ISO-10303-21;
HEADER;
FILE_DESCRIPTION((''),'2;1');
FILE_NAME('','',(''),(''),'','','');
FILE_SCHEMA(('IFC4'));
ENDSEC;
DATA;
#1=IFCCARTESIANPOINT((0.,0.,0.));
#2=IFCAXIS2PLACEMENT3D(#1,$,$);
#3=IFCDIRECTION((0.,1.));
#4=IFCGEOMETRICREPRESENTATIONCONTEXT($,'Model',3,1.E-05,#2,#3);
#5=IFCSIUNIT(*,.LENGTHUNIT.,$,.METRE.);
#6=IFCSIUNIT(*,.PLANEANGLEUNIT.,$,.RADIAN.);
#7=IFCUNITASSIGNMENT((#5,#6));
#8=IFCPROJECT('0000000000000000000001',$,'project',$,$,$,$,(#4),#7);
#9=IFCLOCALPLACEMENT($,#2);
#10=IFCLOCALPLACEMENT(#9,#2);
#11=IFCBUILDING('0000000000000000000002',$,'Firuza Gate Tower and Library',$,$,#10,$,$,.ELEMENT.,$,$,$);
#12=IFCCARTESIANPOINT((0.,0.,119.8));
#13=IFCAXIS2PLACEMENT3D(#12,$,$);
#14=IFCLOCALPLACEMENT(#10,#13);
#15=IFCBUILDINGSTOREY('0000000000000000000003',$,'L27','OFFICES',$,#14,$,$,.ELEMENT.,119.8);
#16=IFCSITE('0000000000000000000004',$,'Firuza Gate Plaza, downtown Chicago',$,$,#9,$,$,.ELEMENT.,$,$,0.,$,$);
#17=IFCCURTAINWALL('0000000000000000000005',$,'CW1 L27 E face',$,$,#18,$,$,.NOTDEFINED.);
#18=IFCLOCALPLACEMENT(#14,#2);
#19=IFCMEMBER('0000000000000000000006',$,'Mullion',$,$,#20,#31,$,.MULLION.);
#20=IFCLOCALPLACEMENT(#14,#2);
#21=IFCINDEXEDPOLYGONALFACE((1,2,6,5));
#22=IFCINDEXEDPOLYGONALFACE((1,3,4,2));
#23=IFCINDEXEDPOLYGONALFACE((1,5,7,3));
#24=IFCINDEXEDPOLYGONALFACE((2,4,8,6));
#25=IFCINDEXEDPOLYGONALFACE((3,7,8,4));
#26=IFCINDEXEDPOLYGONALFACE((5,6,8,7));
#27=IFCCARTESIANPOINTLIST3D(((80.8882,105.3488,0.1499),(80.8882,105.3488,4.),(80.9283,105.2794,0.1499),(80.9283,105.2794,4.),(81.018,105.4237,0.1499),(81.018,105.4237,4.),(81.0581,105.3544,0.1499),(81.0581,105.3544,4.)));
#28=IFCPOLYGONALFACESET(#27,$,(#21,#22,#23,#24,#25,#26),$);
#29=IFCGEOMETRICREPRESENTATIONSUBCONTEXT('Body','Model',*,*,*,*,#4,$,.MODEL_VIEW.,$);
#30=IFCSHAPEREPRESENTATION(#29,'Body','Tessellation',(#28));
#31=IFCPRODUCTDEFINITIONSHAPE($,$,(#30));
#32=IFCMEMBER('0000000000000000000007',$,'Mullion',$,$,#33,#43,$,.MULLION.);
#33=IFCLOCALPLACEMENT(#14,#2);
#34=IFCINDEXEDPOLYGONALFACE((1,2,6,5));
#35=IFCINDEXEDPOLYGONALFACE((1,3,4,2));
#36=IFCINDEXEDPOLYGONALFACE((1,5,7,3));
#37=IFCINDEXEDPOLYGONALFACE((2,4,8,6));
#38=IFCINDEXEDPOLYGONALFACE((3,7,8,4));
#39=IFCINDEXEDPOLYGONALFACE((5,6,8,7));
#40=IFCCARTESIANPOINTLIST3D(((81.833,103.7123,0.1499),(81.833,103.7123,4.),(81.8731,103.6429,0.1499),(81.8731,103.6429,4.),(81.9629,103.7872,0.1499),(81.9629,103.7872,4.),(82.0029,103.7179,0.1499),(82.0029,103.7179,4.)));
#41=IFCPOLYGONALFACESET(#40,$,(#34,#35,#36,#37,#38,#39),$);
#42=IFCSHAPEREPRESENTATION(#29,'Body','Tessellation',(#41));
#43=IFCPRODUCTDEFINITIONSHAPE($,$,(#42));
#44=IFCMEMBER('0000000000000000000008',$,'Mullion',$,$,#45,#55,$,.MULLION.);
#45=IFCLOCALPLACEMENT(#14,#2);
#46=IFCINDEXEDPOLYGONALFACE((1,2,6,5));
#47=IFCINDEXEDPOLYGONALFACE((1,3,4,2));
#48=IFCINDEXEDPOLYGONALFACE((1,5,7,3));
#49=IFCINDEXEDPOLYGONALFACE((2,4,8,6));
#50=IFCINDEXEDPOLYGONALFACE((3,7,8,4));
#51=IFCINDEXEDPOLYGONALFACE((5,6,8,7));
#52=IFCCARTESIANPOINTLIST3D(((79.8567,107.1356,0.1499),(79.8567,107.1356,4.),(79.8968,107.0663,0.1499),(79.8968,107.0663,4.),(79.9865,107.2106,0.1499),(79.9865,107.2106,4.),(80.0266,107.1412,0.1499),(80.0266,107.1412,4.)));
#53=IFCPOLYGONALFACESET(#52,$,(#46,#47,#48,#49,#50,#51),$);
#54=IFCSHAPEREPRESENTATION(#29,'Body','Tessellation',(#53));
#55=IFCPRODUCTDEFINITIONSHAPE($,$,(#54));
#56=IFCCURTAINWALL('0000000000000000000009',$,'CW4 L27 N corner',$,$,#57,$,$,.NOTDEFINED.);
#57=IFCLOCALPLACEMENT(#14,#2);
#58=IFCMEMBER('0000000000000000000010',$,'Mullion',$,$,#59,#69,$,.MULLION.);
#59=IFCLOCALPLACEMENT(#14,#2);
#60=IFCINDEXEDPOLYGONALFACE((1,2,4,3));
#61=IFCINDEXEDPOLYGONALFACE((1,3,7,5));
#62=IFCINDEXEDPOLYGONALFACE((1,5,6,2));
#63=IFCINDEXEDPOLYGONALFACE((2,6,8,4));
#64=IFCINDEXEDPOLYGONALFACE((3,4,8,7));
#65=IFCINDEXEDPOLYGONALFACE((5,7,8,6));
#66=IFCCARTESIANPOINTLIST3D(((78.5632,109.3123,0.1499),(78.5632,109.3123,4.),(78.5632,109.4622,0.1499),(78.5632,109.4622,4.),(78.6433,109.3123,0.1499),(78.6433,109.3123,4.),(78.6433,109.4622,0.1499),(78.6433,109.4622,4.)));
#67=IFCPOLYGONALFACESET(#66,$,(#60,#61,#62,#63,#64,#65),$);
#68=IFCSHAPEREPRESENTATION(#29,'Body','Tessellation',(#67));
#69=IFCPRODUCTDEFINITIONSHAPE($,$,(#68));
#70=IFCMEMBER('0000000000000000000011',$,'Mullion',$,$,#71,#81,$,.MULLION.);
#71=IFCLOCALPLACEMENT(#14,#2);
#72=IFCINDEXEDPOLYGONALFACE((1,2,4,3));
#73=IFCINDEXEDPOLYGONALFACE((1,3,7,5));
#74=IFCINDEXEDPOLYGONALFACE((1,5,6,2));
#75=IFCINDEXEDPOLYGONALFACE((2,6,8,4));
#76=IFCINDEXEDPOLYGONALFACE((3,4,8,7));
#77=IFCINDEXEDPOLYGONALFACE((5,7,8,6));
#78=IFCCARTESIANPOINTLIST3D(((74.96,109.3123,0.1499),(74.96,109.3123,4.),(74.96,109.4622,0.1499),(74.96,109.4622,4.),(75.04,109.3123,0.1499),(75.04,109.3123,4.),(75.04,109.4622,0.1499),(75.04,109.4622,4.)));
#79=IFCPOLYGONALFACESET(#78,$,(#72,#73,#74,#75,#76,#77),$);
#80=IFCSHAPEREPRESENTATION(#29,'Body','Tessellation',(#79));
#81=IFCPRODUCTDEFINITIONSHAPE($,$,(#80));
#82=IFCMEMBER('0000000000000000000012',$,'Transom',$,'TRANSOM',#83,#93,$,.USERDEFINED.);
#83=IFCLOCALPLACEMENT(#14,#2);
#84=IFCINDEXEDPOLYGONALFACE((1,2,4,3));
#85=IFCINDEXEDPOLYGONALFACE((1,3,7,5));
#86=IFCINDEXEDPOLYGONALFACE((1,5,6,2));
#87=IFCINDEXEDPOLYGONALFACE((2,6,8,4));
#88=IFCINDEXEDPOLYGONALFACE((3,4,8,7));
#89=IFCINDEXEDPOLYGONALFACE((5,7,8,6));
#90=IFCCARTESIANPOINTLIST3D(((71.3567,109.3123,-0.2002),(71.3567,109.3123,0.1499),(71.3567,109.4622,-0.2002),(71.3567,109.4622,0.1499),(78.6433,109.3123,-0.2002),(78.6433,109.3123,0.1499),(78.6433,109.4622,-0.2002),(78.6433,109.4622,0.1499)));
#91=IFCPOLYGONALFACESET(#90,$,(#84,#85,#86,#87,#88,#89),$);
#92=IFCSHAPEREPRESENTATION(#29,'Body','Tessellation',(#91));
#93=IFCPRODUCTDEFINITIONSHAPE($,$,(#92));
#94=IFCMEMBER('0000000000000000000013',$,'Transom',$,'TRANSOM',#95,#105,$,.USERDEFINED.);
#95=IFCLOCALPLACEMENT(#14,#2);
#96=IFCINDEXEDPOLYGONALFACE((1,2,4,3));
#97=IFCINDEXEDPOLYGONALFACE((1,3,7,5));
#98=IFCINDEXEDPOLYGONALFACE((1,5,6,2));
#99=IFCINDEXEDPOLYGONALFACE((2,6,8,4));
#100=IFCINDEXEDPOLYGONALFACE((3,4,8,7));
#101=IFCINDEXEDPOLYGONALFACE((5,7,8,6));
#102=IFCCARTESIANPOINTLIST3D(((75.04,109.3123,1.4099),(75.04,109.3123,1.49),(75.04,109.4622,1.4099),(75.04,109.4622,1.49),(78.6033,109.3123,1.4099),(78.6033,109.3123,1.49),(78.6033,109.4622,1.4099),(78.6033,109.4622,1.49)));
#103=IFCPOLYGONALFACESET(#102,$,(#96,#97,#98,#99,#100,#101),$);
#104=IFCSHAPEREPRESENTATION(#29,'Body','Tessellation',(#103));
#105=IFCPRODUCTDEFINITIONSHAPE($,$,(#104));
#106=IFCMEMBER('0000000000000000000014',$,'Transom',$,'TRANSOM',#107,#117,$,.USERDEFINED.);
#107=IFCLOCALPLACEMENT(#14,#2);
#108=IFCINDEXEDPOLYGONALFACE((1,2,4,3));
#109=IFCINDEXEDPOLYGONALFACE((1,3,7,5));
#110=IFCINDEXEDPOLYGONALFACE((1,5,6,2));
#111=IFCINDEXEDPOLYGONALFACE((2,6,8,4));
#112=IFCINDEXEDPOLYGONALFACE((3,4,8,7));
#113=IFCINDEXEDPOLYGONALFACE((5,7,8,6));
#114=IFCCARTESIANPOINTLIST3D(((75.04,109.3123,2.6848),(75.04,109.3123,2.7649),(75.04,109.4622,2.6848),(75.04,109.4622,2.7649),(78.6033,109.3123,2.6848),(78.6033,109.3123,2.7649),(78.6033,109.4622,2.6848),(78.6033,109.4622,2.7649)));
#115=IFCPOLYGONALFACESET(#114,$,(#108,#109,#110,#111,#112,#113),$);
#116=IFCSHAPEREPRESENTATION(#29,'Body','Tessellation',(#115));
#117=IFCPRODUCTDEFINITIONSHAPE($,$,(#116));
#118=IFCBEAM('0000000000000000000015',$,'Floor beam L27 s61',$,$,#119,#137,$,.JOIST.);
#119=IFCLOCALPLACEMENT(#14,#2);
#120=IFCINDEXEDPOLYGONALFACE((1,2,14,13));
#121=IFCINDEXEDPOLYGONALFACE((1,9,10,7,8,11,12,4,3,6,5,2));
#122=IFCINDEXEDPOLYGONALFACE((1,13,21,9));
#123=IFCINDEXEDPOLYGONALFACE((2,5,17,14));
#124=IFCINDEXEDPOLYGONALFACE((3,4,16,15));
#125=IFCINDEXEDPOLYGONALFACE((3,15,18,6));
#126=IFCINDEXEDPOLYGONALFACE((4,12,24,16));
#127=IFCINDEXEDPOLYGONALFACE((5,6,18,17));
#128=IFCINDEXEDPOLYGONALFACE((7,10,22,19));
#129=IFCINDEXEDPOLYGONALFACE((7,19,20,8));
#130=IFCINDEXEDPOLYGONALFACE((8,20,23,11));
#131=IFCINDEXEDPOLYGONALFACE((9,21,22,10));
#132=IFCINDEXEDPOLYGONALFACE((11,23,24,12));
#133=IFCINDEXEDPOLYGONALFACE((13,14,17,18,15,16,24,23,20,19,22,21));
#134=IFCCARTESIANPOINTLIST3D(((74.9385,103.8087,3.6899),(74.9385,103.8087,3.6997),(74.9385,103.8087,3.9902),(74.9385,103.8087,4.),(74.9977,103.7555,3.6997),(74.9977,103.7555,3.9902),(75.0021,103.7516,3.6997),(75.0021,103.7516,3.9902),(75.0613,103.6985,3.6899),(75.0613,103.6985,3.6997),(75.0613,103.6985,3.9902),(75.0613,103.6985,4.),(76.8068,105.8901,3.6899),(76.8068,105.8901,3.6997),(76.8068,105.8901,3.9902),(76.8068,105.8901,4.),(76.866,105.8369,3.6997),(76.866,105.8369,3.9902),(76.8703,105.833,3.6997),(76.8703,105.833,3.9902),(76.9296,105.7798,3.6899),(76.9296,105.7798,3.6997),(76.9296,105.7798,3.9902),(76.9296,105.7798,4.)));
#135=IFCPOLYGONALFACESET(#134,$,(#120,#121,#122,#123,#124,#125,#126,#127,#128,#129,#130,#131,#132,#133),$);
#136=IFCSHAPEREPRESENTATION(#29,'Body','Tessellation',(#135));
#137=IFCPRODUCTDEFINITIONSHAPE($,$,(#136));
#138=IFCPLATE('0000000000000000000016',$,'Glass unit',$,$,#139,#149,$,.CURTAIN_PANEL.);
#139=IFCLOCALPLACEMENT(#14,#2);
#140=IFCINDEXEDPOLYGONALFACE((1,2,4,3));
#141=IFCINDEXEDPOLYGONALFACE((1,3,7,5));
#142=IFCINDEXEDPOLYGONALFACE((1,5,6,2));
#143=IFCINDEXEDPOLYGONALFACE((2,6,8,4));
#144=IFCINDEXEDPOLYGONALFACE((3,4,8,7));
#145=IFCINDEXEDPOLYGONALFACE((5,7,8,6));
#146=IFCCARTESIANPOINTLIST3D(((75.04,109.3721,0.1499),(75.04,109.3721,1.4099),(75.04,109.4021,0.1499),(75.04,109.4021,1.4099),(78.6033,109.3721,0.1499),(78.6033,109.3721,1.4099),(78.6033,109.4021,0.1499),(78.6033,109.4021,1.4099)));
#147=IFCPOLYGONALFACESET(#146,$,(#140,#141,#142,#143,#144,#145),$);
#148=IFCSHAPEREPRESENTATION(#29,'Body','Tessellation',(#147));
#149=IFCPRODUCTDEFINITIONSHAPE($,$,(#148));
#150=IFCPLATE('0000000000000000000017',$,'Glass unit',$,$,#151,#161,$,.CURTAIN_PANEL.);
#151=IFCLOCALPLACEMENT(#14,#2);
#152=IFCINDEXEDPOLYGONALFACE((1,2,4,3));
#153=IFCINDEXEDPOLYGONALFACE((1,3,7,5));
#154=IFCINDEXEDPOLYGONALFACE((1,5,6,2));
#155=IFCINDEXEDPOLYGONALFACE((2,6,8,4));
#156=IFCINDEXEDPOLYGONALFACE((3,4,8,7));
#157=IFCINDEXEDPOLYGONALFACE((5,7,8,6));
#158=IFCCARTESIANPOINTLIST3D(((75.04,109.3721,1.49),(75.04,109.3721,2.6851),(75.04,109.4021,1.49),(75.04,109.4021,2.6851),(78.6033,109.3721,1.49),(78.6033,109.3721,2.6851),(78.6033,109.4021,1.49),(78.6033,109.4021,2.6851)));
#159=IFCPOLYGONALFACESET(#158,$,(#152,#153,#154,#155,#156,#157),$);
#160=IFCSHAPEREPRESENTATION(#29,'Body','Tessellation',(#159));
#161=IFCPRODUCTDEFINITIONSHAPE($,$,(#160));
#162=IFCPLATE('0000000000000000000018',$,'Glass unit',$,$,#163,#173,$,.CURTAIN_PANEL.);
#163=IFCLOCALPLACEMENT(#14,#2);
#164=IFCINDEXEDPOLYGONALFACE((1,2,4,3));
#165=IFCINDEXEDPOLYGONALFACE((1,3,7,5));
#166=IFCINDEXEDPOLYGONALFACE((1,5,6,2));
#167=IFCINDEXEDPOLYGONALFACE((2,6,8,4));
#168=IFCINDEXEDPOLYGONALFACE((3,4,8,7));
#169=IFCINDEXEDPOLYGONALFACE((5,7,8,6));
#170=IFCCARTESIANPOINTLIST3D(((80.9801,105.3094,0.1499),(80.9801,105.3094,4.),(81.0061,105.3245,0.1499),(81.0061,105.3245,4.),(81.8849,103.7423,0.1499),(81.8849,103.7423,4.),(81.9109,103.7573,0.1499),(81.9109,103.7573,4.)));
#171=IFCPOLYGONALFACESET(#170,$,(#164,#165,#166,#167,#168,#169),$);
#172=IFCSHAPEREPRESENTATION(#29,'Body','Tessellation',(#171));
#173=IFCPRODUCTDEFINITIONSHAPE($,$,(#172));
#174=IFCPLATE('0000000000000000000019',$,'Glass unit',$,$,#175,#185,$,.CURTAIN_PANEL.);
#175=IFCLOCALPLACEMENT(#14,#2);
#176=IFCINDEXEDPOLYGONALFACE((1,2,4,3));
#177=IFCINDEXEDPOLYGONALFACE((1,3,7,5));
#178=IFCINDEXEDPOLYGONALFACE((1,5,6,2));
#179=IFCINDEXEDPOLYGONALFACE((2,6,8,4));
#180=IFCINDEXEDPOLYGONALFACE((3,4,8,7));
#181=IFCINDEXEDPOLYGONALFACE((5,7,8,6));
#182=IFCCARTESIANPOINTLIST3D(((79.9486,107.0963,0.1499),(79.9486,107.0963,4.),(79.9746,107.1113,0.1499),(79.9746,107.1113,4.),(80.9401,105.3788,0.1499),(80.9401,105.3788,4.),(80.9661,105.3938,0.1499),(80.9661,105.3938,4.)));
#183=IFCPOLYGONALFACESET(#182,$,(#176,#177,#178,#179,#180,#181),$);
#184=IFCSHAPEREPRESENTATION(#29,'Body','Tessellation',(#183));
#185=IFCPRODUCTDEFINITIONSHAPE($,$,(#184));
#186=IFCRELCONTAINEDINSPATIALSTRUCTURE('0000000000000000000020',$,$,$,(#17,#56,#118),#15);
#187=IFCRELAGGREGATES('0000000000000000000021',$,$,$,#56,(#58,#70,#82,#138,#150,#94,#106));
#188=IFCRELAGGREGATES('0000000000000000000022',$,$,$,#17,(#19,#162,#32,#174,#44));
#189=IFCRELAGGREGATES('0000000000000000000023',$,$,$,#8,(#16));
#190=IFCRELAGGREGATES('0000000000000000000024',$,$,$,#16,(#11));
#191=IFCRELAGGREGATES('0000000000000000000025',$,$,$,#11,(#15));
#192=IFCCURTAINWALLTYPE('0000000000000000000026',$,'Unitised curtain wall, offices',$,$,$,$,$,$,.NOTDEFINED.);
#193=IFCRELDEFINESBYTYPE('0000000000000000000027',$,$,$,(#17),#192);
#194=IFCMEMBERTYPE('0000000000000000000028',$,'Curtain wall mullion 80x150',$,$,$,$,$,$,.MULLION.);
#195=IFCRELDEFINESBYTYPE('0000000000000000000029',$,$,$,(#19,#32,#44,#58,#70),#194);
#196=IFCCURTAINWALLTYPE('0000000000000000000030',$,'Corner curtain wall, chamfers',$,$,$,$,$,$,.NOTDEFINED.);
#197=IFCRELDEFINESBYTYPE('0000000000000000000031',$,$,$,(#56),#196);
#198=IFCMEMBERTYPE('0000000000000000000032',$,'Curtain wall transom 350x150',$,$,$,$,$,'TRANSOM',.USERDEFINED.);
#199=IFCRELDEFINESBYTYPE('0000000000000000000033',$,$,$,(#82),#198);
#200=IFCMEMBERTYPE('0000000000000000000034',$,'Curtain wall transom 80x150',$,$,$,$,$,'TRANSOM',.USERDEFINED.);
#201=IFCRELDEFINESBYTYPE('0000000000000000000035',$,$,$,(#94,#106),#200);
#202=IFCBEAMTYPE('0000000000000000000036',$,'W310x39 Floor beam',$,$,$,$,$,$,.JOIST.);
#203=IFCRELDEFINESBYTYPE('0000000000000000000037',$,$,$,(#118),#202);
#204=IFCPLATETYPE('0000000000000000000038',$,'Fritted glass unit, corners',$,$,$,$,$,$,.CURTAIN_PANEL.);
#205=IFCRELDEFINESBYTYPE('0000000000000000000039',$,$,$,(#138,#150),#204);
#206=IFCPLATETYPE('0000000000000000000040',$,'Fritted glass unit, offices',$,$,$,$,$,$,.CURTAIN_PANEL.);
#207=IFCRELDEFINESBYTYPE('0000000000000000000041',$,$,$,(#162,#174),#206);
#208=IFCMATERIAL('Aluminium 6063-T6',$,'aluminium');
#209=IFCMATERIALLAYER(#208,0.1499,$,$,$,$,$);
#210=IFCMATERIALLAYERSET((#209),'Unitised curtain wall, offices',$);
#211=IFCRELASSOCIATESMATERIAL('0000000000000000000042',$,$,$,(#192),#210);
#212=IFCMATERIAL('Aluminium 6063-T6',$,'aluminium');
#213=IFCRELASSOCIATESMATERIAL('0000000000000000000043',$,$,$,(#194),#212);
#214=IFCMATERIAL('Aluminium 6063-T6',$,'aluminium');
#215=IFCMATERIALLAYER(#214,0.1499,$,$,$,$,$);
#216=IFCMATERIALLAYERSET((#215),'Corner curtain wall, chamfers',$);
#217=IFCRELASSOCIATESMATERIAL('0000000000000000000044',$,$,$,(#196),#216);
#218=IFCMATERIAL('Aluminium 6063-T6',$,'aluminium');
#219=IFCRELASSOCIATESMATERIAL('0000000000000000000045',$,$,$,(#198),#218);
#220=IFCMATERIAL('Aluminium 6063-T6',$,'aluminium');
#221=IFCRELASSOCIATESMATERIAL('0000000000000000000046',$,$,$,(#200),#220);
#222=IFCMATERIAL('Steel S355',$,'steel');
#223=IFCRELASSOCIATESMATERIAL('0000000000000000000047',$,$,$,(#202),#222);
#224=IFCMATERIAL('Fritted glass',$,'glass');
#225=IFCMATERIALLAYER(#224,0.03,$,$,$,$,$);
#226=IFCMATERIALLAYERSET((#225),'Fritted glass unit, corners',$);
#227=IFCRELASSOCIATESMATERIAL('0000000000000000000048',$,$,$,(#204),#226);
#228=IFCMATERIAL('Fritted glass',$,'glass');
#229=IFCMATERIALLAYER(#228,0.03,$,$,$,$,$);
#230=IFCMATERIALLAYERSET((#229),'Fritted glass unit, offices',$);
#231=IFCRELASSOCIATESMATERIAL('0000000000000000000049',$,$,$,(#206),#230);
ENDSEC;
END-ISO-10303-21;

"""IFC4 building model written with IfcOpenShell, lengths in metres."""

from ifc_helpers import new_model, si_unit, direction, frame, origin, origin_2d, place, context, subcontext, project, spatial, polyline, rectangle, i_section, outline, extrude, material, layer, layer_set, material_profile, profile_set, type_object, element, aggregate, save


model = new_model("IFC4")

# Units and contexts
model_context = context("Model", 3, precision=1e-05, world=origin(), true_north=direction((0.0, 1.0)))
body_context = subcontext(model_context, "Body", "Model", "MODEL_VIEW")
ifc_project = project(units=[si_unit("LENGTHUNIT", "METRE"), si_unit("PLANEANGLEUNIT", "RADIAN")], contexts=[model_context])

# Site, building, storey
site_placement = place(None, origin())
site = spatial("IfcSite", under=ifc_project, at=site_placement, Name="Firuza Gate Plaza, downtown Chicago", CompositionType="ELEMENT", RefElevation=0.0)
building_placement = place(site_placement, origin())
building = spatial("IfcBuilding", under=site, at=building_placement, Name="Firuza Gate Tower and Library", CompositionType="ELEMENT")
storey_placement = place(building_placement, frame((0.0, 0.0, 119.8)))
storey = spatial("IfcBuildingStorey", under=building, at=storey_placement, Name="L27", Description="OFFICES", CompositionType="ELEMENT", Elevation=119.8)

# Curtain walls, members
ifc_material_1 = material(Name="Aluminium 6063-T6", Category="aluminium")
ifc_layer_1 = layer(ifc_material_1, 0.1499)
ifc_layer_set_1 = layer_set([ifc_layer_1], Name="Unitised curtain wall, offices")
curtain_wall_type_1 = type_object("IfcCurtainWallType", Name="Unitised curtain wall, offices", PredefinedType="NOTDEFINED", material=ifc_layer_set_1)
placement = place(storey_placement, origin())
curtain_wall_1 = element("IfcCurtainWall", 1, at=placement, inside=storey, type_object=curtain_wall_type_1, Name="CW1 L27 E face", PredefinedType="NOTDEFINED")
ifc_material_2 = material(Name="Aluminium 6063-T6", Category="aluminium")
ifc_material_profile_1 = material_profile(ifc_material_2, rectangle(XDim=0.1499, YDim=0.0801, at=origin_2d()))
ifc_profile_set_1 = profile_set([ifc_material_profile_1], Name="Aluminium 6063-T6")
member_type_1 = type_object("IfcMemberType", Name="Curtain wall mullion 80x150", PredefinedType="MULLION", material=ifc_profile_set_1)
member_1_placement = place(storey_placement, frame((80.9731, 105.3516, 0.1499), z_axis=(0.0, 0.0, 1.0), x_axis=(-0.866025, -0.5, 0.0)))
member_1 = element("IfcMember", 2, at=member_1_placement, type_object=member_type_1, Name="Mullion", PredefinedType="MULLION", context=body_context, shape_type="SweptSolid", body=[
    extrude(rectangle(XDim=0.1499, YDim=0.0801, at=origin_2d()), origin(), (0.0, 0.0, 1.0), 3.8501),
])
member_2_placement = place(storey_placement, frame((81.918, 103.7151, 0.1499), z_axis=(0.0, 0.0, 1.0), x_axis=(-0.866025, -0.5, 0.0)))
member_2 = element("IfcMember", 3, at=member_2_placement, type_object=member_type_1, Name="Mullion", PredefinedType="MULLION", context=body_context, shape_type="SweptSolid", body=[
    extrude(rectangle(XDim=0.1499, YDim=0.0801, at=origin_2d()), origin(), (0.0, 0.0, 1.0), 3.8501),
])
member_3_placement = place(storey_placement, frame((79.9417, 107.1384, 0.1499), z_axis=(0.0, 0.0, 1.0), x_axis=(-0.866025, -0.5, 0.0)))
member_3 = element("IfcMember", 4, at=member_3_placement, type_object=member_type_1, Name="Mullion", PredefinedType="MULLION", context=body_context, shape_type="SweptSolid", body=[
    extrude(rectangle(XDim=0.1499, YDim=0.0801, at=origin_2d()), origin(), (0.0, 0.0, 1.0), 3.8501),
])
ifc_material_3 = material(Name="Aluminium 6063-T6", Category="aluminium")
ifc_layer_2 = layer(ifc_material_3, 0.1499)
ifc_layer_set_2 = layer_set([ifc_layer_2], Name="Corner curtain wall, chamfers")
curtain_wall_type_2 = type_object("IfcCurtainWallType", Name="Corner curtain wall, chamfers", PredefinedType="NOTDEFINED", material=ifc_layer_set_2)
curtain_wall_2 = element("IfcCurtainWall", 5, at=placement, inside=storey, type_object=curtain_wall_type_2, Name="CW4 L27 N corner", PredefinedType="NOTDEFINED")
member_4_placement = place(storey_placement, frame((78.6033, 109.3872, 0.1499), z_axis=(0.0, 0.0, 1.0), x_axis=(0.0, -1.0, 0.0)))
member_4 = element("IfcMember", 6, at=member_4_placement, type_object=member_type_1, Name="Mullion", PredefinedType="MULLION", context=body_context, shape_type="SweptSolid", body=[
    extrude(rectangle(XDim=0.1499, YDim=0.0801, at=origin_2d()), origin(), (0.0, 0.0, 1.0), 3.8501),
])
member_5_placement = place(storey_placement, frame((75.0, 109.3872, 0.1499), z_axis=(0.0, 0.0, 1.0), x_axis=(0.0, -1.0, 0.0)))
member_5 = element("IfcMember", 7, at=member_5_placement, type_object=member_type_1, Name="Mullion", PredefinedType="MULLION", context=body_context, shape_type="SweptSolid", body=[
    extrude(rectangle(XDim=0.1499, YDim=0.0801, at=origin_2d()), origin(), (0.0, 0.0, 1.0), 3.8501),
])
ifc_material_4 = material(Name="Aluminium 6063-T6", Category="aluminium")
ifc_material_profile_2 = material_profile(ifc_material_4, rectangle(XDim=0.1499, YDim=0.3501, at=origin_2d()))
ifc_profile_set_2 = profile_set([ifc_material_profile_2], Name="Aluminium 6063-T6")
member_type_2 = type_object("IfcMemberType", Name="Curtain wall transom 350x150", ElementType="TRANSOM", PredefinedType="USERDEFINED", material=ifc_profile_set_2)
member_6_placement = place(storey_placement, frame((78.6433, 109.3872, -0.0251), z_axis=(-1.0, 0.0, 0.0), x_axis=(0.0, -1.0, 0.0)))
member_6 = element("IfcMember", 8, at=member_6_placement, type_object=member_type_2, Name="Transom", ObjectType="TRANSOM", PredefinedType="USERDEFINED", context=body_context, shape_type="SweptSolid", body=[
    extrude(rectangle(XDim=0.1499, YDim=0.3501, at=origin_2d()), origin(), (0.0, 0.0, 1.0), 7.2866),
])
ifc_material_5 = material(Name="Aluminium 6063-T6", Category="aluminium")
ifc_material_profile_3 = material_profile(ifc_material_5, rectangle(XDim=0.1499, YDim=0.0801, at=origin_2d()))
ifc_profile_set_3 = profile_set([ifc_material_profile_3], Name="Aluminium 6063-T6")
member_type_3 = type_object("IfcMemberType", Name="Curtain wall transom 80x150", ElementType="TRANSOM", PredefinedType="USERDEFINED", material=ifc_profile_set_3)
member_7_placement = place(storey_placement, frame((78.6033, 109.3872, 1.45), z_axis=(-1.0, 0.0, 0.0), x_axis=(0.0, -1.0, 0.0)))
member_7 = element("IfcMember", 9, at=member_7_placement, type_object=member_type_3, Name="Transom", ObjectType="TRANSOM", PredefinedType="USERDEFINED", context=body_context, shape_type="SweptSolid", body=[
    extrude(rectangle(XDim=0.1499, YDim=0.0801, at=origin_2d()), origin(), (0.0, 0.0, 1.0), 3.5632),
])
member_8_placement = place(storey_placement, frame((78.6033, 109.3872, 2.7249), z_axis=(-1.0, 0.0, 0.0), x_axis=(0.0, -1.0, 0.0)))
member_8 = element("IfcMember", 10, at=member_8_placement, type_object=member_type_3, Name="Transom", ObjectType="TRANSOM", PredefinedType="USERDEFINED", context=body_context, shape_type="SweptSolid", body=[
    extrude(rectangle(XDim=0.1499, YDim=0.0801, at=origin_2d()), origin(), (0.0, 0.0, 1.0), 3.5632),
])

# Beam
ifc_material_6 = material(Name="Steel S355", Category="steel")
ifc_material_profile_4 = material_profile(ifc_material_6, i_section(OverallWidth=0.165, OverallDepth=0.3101, WebThickness=0.0059, FlangeThickness=0.0098, at=origin_2d()))
ifc_profile_set_4 = profile_set([ifc_material_profile_4], Name="Steel S355")
beam_type = type_object("IfcBeamType", Name="W310x39 Floor beam", PredefinedType="JOIST", material=ifc_profile_set_4)
beam_placement = place(storey_placement, frame((76.8682, 105.835, 3.845), z_axis=(-0.667975, -0.744183, 0.0), x_axis=(0.744183, -0.667975, 0.0)))
element("IfcBeam", 11, at=beam_placement, inside=storey, type_object=beam_type, Name="Floor beam L27 s61", PredefinedType="JOIST", context=body_context, shape_type="SweptSolid", body=[
    extrude(i_section(OverallWidth=0.165, OverallDepth=0.3101, WebThickness=0.0059, FlangeThickness=0.0098, at=origin_2d()), origin(), (0.0, 0.0, 1.0), 2.7969),
])

# Plates
ifc_material_7 = material(Name="Fritted glass", Category="glass")
ifc_layer_3 = layer(ifc_material_7, 0.03)
ifc_layer_set_3 = layer_set([ifc_layer_3], Name="Fritted glass unit, corners")
plate_type_1 = type_object("IfcPlateType", Name="Fritted glass unit, corners", PredefinedType="CURTAIN_PANEL", material=ifc_layer_set_3)
plate_1_placement = place(storey_placement, frame((78.6033, 109.4021, 0.1499), z_axis=(0.0, 1.0, 0.0), x_axis=(-1.0, 0.0, 0.0)))
plate_1 = element("IfcPlate", 12, at=plate_1_placement, type_object=plate_type_1, Name="Glass unit", PredefinedType="CURTAIN_PANEL", context=body_context, shape_type="SweptSolid", body=[
    extrude(outline(polyline([(0.0, 0.0), (3.5632, 0.0), (3.5632, 1.26), (0.0, 1.26), (0.0, 0.0)])), origin(), (0.0, 0.0, -1.0), 0.03),
])
plate_2_placement = place(storey_placement, frame((78.6033, 109.4021, 1.49), z_axis=(0.0, 1.0, 0.0), x_axis=(-1.0, 0.0, 0.0)))
plate_2 = element("IfcPlate", 13, at=plate_2_placement, type_object=plate_type_1, Name="Glass unit", PredefinedType="CURTAIN_PANEL", context=body_context, shape_type="SweptSolid", body=[
    extrude(outline(polyline([(0.0, 0.0), (3.5632, 0.0), (3.5632, 1.1951), (0.0, 1.1951), (0.0, 0.0)])), origin(), (0.0, 0.0, -1.0), 0.03),
])
ifc_material_8 = material(Name="Fritted glass", Category="glass")
ifc_layer_4 = layer(ifc_material_8, 0.03)
ifc_layer_set_4 = layer_set([ifc_layer_4], Name="Fritted glass unit, offices")
plate_type_2 = type_object("IfcPlateType", Name="Fritted glass unit, offices", PredefinedType="CURTAIN_PANEL", material=ifc_layer_set_4)
plate_3_placement = place(storey_placement, frame((81.9109, 103.7573, 0.1499), z_axis=(0.866026, 0.499999, 0.0), x_axis=(-0.499999, 0.866026, 0.0)))
plate_3 = element("IfcPlate", 14, at=plate_3_placement, type_object=plate_type_2, Name="Glass unit", PredefinedType="CURTAIN_PANEL", context=body_context, shape_type="SweptSolid", body=[
    extrude(outline(polyline([(0.0, 0.0), (1.8096, 0.0), (1.8096, 3.8501), (0.0, 3.8501), (0.0, 0.0)])), origin(), (0.0, 0.0, -1.0), 0.03),
])
plate_4_placement = place(storey_placement, frame((80.9661, 105.3938, 0.1499), z_axis=(0.866061, 0.499939, 0.0), x_axis=(-0.499939, 0.866061, 0.0)))
plate_4 = element("IfcPlate", 15, at=plate_4_placement, type_object=plate_type_2, Name="Glass unit", PredefinedType="CURTAIN_PANEL", context=body_context, shape_type="SweptSolid", body=[
    extrude(outline(polyline([(0.0, 0.0), (1.9832, 0.0), (1.9832, 3.8501), (0.0, 3.8501), (0.0, 0.0)])), origin(), (0.0, 0.0, -1.0), 0.03),
])
aggregate(curtain_wall_2, [member_4, member_5, member_6, plate_1, plate_2, member_7, member_8])
aggregate(curtain_wall_1, [member_1, plate_3, member_2, plate_4, member_3])

save(model, "model.ifc")
